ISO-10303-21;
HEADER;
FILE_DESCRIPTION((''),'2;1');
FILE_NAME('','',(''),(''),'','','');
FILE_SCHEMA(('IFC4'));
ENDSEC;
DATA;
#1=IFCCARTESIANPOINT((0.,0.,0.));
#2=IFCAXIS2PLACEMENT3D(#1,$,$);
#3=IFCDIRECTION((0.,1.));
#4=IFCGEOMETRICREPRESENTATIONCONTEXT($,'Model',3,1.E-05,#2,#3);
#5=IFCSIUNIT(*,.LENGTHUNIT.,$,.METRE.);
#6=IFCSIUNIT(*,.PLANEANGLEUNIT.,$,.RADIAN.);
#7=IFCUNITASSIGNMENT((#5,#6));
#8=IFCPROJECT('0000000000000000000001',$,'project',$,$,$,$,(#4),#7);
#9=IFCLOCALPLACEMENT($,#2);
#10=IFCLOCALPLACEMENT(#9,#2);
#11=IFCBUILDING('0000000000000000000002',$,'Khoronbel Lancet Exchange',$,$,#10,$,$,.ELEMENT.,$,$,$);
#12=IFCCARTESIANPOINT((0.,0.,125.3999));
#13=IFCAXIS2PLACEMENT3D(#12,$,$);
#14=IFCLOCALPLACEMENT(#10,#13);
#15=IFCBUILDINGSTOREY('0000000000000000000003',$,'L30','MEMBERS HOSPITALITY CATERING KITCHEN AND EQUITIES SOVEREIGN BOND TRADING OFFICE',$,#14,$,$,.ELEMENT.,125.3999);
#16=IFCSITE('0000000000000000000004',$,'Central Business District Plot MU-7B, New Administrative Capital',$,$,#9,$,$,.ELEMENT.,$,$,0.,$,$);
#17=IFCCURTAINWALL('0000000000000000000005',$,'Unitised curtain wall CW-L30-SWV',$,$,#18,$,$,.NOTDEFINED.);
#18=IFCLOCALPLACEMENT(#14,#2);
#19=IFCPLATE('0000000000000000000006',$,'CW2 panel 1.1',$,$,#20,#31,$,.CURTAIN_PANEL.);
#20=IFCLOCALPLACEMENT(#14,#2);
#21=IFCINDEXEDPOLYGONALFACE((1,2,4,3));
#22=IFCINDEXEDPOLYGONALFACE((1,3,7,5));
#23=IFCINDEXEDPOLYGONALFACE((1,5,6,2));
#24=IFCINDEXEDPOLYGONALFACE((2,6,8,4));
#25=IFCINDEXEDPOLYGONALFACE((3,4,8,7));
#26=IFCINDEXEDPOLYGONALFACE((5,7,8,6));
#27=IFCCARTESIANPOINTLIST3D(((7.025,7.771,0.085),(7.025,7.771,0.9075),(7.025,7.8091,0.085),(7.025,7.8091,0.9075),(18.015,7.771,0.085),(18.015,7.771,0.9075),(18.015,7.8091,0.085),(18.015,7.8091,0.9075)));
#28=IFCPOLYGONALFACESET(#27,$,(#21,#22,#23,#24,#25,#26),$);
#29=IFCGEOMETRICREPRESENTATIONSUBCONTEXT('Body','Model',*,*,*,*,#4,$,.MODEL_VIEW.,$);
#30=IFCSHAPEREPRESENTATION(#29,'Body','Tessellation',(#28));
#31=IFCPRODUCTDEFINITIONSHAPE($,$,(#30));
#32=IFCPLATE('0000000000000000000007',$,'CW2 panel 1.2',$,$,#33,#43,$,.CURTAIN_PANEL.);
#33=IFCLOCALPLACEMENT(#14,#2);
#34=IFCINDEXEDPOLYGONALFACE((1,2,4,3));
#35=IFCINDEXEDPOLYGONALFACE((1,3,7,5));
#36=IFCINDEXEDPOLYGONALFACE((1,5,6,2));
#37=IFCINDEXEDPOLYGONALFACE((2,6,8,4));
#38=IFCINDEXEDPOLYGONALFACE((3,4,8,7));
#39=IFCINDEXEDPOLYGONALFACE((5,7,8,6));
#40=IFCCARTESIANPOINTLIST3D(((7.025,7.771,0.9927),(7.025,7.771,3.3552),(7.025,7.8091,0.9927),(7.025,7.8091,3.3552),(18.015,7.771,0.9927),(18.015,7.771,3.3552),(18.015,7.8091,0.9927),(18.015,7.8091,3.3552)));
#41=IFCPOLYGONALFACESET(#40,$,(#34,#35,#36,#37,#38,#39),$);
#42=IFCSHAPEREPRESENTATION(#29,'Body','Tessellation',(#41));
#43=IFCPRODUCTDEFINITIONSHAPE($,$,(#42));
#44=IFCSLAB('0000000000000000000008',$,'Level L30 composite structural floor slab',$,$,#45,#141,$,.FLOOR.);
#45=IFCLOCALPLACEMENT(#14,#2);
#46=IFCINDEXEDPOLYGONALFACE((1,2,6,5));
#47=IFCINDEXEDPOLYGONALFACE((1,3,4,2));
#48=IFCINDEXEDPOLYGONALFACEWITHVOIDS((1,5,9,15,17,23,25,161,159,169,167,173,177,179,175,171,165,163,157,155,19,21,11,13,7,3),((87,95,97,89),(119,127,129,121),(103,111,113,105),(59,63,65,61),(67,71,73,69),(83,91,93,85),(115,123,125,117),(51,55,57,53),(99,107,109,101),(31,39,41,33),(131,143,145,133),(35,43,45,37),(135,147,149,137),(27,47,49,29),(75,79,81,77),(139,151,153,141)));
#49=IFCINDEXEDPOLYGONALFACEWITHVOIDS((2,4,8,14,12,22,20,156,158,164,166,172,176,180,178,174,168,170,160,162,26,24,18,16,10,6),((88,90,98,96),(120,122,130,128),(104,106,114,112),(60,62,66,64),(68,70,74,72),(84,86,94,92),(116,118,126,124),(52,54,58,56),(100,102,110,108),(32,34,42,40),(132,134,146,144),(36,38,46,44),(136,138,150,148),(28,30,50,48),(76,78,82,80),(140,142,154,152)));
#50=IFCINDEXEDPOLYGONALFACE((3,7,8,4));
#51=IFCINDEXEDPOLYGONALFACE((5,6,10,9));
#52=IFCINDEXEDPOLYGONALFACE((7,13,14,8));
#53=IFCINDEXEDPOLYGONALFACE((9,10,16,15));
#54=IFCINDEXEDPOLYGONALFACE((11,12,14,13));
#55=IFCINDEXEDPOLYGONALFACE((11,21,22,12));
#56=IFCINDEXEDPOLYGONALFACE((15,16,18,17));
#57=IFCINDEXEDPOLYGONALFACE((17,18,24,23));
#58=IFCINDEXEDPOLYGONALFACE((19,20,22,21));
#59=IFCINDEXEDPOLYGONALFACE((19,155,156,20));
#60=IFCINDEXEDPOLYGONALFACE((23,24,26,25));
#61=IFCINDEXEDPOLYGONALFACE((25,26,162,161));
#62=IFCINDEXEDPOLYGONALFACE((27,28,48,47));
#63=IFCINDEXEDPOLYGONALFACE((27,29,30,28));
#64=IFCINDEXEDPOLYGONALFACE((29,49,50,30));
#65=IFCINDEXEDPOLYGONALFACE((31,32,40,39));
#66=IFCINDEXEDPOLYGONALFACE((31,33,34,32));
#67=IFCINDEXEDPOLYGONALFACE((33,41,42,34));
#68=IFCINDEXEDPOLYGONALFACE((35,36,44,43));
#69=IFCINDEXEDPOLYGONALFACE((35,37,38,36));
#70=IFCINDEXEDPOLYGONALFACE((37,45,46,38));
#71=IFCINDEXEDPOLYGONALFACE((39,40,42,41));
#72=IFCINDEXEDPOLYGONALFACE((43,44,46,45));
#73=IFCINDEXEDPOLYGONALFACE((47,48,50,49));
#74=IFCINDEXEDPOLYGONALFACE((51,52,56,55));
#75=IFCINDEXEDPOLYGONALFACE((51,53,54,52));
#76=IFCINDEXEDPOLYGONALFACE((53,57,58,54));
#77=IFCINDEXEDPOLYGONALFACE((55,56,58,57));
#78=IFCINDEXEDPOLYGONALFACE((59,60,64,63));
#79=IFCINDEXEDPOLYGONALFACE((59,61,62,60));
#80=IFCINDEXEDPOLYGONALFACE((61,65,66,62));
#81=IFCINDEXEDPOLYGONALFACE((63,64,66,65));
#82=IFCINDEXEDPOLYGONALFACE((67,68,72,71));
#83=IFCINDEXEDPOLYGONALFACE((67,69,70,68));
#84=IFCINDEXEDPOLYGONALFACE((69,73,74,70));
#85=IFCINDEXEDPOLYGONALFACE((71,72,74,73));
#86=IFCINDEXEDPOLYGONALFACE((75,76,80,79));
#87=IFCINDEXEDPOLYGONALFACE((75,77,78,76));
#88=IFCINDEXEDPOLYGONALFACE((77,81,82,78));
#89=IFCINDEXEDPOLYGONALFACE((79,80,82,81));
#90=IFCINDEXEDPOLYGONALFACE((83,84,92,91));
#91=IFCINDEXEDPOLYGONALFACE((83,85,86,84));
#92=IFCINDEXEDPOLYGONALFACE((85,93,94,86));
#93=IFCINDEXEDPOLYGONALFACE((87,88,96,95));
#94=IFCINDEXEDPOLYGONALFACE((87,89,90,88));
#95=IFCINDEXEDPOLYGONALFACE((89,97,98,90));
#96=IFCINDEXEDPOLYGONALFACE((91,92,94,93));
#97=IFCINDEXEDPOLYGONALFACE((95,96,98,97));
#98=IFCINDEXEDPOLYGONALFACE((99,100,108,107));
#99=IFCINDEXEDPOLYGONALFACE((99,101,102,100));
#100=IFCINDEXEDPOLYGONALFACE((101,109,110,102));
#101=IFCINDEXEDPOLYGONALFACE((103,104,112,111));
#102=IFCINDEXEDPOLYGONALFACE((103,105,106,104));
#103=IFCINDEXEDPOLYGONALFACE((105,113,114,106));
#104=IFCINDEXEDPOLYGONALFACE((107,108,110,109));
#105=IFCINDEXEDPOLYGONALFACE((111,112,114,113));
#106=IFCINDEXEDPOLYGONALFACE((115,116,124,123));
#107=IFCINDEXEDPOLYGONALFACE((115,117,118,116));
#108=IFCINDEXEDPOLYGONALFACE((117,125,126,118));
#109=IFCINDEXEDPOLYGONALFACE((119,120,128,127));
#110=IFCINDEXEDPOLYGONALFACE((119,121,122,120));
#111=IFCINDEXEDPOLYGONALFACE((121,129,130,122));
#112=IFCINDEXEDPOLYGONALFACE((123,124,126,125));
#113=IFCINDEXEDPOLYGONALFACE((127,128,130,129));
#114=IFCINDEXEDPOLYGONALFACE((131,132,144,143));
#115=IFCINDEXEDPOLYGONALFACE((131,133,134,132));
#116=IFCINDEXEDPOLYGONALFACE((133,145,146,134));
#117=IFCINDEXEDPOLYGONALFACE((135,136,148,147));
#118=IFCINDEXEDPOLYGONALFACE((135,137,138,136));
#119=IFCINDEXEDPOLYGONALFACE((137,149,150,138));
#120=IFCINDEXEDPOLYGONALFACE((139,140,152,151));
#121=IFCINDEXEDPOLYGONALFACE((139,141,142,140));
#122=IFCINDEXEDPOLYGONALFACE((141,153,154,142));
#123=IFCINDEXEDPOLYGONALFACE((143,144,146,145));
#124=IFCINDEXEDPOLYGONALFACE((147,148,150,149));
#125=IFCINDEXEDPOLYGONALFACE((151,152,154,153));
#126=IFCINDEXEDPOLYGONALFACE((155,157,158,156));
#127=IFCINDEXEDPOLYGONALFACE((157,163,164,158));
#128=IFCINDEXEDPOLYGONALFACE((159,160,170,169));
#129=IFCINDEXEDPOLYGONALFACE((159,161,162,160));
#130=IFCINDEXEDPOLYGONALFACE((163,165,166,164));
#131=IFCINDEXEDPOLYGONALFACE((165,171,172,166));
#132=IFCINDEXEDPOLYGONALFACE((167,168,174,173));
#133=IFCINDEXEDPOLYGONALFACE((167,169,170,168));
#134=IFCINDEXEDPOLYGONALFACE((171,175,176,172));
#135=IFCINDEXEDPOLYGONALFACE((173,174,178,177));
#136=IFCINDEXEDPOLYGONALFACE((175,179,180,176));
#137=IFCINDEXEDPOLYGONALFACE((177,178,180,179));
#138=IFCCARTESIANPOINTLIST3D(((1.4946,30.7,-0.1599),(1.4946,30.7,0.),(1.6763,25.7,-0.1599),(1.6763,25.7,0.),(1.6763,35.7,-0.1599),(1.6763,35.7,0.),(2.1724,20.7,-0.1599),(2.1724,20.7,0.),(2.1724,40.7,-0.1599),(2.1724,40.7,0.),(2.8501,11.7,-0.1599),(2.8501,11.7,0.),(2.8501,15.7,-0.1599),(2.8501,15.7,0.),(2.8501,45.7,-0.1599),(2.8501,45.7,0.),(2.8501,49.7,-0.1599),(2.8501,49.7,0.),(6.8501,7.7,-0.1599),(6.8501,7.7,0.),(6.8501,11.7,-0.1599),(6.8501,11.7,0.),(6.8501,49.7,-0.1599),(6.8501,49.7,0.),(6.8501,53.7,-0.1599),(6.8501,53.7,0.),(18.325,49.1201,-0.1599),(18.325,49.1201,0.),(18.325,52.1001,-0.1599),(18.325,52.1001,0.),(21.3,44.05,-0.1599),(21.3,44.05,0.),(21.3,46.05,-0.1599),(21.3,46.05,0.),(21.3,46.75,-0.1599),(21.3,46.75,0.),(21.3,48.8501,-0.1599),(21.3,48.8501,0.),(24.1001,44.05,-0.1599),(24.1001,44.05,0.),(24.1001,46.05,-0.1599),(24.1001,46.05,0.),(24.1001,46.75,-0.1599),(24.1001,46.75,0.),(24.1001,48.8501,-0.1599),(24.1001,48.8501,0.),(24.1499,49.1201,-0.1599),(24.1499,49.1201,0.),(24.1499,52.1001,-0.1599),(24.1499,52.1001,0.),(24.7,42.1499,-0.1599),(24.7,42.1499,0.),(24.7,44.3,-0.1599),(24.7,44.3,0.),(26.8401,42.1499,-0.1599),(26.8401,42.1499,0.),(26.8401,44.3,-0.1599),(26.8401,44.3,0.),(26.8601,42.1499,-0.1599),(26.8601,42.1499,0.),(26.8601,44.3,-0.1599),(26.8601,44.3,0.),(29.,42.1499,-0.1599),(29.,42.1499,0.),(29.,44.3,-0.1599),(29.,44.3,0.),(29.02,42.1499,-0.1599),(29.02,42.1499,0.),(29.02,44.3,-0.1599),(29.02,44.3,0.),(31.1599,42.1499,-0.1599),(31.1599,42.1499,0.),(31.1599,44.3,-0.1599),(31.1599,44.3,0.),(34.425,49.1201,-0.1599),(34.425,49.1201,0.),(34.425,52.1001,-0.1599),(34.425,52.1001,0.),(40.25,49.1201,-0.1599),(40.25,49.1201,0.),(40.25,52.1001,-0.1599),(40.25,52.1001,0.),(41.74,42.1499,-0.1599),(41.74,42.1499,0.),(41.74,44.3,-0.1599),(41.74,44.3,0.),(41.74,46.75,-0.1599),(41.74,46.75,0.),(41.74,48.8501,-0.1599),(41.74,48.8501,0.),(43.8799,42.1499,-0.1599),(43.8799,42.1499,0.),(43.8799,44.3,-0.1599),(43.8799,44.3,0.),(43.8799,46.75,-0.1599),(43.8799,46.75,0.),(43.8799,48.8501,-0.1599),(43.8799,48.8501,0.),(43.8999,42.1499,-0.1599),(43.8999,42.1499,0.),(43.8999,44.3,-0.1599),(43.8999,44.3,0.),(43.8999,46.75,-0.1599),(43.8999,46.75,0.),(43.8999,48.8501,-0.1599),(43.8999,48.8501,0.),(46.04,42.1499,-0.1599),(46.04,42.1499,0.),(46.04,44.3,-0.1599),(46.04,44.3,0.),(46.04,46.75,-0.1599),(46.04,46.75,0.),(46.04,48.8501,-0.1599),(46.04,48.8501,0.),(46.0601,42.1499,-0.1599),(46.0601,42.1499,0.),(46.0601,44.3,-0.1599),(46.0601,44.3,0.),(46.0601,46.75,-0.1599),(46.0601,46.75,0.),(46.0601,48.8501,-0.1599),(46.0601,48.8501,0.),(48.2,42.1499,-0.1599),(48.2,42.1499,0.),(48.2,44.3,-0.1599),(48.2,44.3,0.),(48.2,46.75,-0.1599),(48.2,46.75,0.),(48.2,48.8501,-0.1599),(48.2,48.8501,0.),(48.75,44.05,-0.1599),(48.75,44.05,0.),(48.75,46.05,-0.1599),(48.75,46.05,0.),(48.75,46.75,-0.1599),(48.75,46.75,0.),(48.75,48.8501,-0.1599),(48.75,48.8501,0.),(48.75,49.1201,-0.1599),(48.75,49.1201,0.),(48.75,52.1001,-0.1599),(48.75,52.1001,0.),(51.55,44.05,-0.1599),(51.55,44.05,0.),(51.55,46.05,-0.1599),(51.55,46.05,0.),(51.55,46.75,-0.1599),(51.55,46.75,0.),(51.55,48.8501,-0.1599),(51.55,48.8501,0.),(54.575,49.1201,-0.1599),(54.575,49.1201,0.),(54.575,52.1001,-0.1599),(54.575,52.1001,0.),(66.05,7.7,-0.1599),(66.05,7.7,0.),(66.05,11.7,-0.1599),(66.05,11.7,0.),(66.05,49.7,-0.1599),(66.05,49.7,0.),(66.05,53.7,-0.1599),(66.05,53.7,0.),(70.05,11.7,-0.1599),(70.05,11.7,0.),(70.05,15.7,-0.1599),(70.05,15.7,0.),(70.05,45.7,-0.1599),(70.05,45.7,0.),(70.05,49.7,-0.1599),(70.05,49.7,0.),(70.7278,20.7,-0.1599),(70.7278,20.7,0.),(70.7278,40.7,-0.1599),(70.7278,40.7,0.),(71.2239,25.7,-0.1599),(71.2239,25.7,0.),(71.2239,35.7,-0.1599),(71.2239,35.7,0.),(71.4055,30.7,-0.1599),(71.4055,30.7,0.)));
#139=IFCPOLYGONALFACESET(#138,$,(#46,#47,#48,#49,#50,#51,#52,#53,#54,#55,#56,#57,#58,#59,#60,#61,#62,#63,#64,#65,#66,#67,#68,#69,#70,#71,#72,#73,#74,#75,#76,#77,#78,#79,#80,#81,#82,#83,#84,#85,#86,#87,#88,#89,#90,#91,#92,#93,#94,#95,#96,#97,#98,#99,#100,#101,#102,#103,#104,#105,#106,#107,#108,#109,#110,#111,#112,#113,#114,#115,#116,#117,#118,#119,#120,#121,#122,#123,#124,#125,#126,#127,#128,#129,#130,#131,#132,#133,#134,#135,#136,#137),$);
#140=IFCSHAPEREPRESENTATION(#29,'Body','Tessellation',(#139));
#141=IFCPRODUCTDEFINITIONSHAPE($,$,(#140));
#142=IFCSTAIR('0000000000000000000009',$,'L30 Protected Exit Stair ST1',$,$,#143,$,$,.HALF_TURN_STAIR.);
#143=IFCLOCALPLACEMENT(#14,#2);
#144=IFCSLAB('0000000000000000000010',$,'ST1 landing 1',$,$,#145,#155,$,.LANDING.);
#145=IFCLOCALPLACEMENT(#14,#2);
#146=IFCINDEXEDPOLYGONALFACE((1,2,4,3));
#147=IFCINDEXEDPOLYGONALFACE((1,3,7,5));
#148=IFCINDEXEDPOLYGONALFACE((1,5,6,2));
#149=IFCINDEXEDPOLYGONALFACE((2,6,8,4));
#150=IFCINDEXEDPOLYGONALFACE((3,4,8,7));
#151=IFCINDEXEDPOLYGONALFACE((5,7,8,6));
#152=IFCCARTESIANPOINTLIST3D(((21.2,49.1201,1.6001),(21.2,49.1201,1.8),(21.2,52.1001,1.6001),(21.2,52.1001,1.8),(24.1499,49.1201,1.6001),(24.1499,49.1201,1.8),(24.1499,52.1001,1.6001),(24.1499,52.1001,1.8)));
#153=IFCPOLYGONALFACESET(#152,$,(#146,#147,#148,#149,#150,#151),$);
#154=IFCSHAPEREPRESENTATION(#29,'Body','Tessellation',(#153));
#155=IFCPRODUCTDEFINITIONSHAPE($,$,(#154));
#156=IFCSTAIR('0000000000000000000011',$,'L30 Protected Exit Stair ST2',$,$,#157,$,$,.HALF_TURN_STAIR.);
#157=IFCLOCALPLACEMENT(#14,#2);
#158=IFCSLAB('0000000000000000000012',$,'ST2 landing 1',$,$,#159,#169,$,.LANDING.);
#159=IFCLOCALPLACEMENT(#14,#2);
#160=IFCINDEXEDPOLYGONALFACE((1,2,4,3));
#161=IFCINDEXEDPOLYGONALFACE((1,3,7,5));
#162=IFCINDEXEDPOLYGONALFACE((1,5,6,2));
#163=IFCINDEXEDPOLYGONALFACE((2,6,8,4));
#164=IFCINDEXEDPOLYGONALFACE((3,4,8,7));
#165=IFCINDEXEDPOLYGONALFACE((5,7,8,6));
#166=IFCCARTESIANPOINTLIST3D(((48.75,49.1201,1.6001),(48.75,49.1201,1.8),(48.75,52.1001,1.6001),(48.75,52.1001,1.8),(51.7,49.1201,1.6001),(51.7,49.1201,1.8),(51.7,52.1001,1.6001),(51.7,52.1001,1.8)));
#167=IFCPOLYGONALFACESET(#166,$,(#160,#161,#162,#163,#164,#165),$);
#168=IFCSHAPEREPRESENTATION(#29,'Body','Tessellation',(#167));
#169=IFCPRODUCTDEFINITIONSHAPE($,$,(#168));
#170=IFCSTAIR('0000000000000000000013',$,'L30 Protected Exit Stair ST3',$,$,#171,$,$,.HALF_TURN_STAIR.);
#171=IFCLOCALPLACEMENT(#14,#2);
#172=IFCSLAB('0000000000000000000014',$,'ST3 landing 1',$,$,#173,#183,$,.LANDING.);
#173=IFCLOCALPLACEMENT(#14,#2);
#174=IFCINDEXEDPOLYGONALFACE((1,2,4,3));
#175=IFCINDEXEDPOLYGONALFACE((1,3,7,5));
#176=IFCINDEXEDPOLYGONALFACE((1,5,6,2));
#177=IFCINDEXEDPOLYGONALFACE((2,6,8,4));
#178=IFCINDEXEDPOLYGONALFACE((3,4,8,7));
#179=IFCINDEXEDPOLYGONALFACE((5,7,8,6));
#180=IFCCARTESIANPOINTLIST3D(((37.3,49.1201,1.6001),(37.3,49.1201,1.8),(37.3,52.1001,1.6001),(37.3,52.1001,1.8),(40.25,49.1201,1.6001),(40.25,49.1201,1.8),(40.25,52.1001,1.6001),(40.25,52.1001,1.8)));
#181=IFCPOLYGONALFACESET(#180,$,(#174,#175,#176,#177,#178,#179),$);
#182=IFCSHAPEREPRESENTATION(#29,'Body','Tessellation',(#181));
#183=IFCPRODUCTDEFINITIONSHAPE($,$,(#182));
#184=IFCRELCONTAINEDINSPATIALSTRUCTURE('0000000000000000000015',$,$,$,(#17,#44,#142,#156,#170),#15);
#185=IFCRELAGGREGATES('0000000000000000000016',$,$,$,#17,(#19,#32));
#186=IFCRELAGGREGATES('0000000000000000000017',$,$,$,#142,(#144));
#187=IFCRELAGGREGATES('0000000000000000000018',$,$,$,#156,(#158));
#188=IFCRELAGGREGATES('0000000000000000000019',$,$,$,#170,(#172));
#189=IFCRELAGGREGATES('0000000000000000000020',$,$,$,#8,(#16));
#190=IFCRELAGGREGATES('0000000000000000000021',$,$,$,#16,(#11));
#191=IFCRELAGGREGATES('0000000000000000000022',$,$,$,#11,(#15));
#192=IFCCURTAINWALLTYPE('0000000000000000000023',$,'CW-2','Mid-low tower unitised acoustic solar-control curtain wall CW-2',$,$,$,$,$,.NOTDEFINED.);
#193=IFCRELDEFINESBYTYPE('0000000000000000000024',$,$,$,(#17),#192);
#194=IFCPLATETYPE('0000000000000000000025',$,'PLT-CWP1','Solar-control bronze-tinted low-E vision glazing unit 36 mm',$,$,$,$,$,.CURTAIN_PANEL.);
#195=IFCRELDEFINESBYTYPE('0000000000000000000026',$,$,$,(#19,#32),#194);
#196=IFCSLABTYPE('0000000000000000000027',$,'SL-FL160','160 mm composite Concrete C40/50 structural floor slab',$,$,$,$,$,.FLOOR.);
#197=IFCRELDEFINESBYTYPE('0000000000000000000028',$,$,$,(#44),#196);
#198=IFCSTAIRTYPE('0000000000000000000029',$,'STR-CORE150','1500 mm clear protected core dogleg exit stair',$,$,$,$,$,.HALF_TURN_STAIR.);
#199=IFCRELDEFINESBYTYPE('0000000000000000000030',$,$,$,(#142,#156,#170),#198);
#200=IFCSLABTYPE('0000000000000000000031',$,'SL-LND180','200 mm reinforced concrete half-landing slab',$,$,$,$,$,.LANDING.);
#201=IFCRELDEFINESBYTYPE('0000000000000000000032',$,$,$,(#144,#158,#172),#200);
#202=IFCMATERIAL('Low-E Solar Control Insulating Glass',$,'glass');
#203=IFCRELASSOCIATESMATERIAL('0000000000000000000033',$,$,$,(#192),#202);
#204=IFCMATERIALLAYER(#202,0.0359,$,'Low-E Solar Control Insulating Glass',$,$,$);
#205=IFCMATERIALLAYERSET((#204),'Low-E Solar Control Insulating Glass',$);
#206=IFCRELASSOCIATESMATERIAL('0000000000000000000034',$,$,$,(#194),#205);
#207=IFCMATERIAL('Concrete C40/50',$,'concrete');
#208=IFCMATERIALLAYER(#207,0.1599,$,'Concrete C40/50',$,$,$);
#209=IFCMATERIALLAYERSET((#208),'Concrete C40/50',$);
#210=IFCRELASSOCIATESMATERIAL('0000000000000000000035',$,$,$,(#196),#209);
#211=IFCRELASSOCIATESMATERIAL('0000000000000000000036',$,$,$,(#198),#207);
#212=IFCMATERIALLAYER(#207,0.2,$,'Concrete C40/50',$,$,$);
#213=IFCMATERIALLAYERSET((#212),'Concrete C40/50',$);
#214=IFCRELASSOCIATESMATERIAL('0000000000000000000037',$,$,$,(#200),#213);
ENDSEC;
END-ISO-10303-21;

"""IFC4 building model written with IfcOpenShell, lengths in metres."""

from ifc_helpers import new_model, si_unit, direction, frame, origin, origin_2d, place, context, subcontext, project, spatial, polyline, rectangle, outline, extrude, material, layer, layer_set, type_object, element, aggregate, save


model = new_model("IFC4")

# Units and contexts
model_context = context("Model", 3, precision=1e-05, world=origin(), true_north=direction((0.0, 1.0)))
body_context = subcontext(model_context, "Body", "Model", "MODEL_VIEW")
ifc_project = project(units=[si_unit("LENGTHUNIT", "METRE"), si_unit("PLANEANGLEUNIT", "RADIAN")], contexts=[model_context])

# Site, building, storey
site_placement = place(None, origin())
site = spatial("IfcSite", under=ifc_project, at=site_placement, Name="Central Business District Plot MU-7B, New Administrative Capital", CompositionType="ELEMENT", RefElevation=0.0)
building_placement = place(site_placement, origin())
building = spatial("IfcBuilding", under=site, at=building_placement, Name="Khoronbel Lancet Exchange", CompositionType="ELEMENT")
storey_placement = place(building_placement, frame((0.0, 0.0, 125.3999)))
storey = spatial("IfcBuildingStorey", under=building, at=storey_placement, Name="L30", Description="MEMBERS HOSPITALITY CATERING KITCHEN AND EQUITIES SOVEREIGN BOND TRADING OFFICE", CompositionType="ELEMENT", Elevation=125.3999)

# Curtain wall
ifc_material_1 = material(Name="Low-E Solar Control Insulating Glass", Category="glass")
curtain_wall_type = type_object("IfcCurtainWallType", Name="CW-2", Description="Mid-low tower unitised acoustic solar-control curtain wall CW-2", PredefinedType="NOTDEFINED", material=ifc_material_1)
curtain_wall_1_placement = place(storey_placement, origin())
curtain_wall_1 = element("IfcCurtainWall", 1, at=curtain_wall_1_placement, inside=storey, type_object=curtain_wall_type, Name="Unitised curtain wall CW-L30-SWV", PredefinedType="NOTDEFINED")

# Plates
ifc_layer_1 = layer(ifc_material_1, 0.0359, Name="Low-E Solar Control Insulating Glass")
ifc_layer_set_1 = layer_set([ifc_layer_1], Name="Low-E Solar Control Insulating Glass")
plate_type_1 = type_object("IfcPlateType", Name="PLT-CWP1", Description="Solar-control bronze-tinted low-E vision glazing unit 36 mm", PredefinedType="CURTAIN_PANEL", material=ifc_layer_set_1)
plate_1_placement = place(storey_placement, frame((12.52, 7.79, 0.085), z_axis=(0.0, 0.0, 1.0), x_axis=(1.0, 0.0, 0.0)))
plate_1 = element("IfcPlate", 2, at=plate_1_placement, type_object=plate_type_1, Name="CW2 panel 1.1", PredefinedType="CURTAIN_PANEL", context=body_context, shape_type="SweptSolid", body=[
    extrude(rectangle(XDim=10.99, YDim=0.0381, at=origin_2d()), origin(), (0.0, 0.0, 1.0), 0.8225),
])
plate_2_placement = place(storey_placement, frame((12.52, 7.79, 0.9927), z_axis=(0.0, 0.0, 1.0), x_axis=(1.0, 0.0, 0.0)))
plate_2 = element("IfcPlate", 3, at=plate_2_placement, type_object=plate_type_1, Name="CW2 panel 1.2", PredefinedType="CURTAIN_PANEL", context=body_context, shape_type="SweptSolid", body=[
    extrude(rectangle(XDim=10.99, YDim=0.0381, at=origin_2d()), origin(), (0.0, 0.0, 1.0), 2.3625),
])
aggregate(curtain_wall_1, [plate_1, plate_2])

# Slab
ifc_material_2 = material(Name="Concrete C40/50", Category="concrete")
ifc_layer_2 = layer(ifc_material_2, 0.1599, Name="Concrete C40/50")
ifc_layer_set_2 = layer_set([ifc_layer_2], Name="Concrete C40/50")
slab_type_1 = type_object("IfcSlabType", Name="SL-FL160", Description="160 mm composite Concrete C40/50 structural floor slab", PredefinedType="FLOOR", material=ifc_layer_set_2)
slab_1_placement = place(storey_placement, frame((0.0, 0.0, -0.1599)))
element("IfcSlab", 4, at=slab_1_placement, inside=storey, type_object=slab_type_1, Name="Level L30 composite structural floor slab", PredefinedType="FLOOR", context=body_context, shape_type="SweptSolid", body=[
    extrude(outline(polyline([(6.8501, 7.7), (66.05, 7.7), (66.05, 11.7), (70.05, 11.7), (70.05, 15.7), (70.7278, 20.7), (71.2239, 25.7), (71.4055, 30.7), (71.2239, 35.7), (70.7278, 40.7), (70.05, 45.7), (70.05, 49.7), (66.05, 49.7), (66.05, 53.7), (6.8501, 53.7), (6.8501, 49.7), (2.8501, 49.7), (2.8501, 45.7), (2.1724, 40.7), (1.6763, 35.7), (1.4946, 30.7), (1.6763, 25.7), (2.1724, 20.7), (2.8501, 15.7), (2.8501, 11.7), (6.8501, 11.7), (6.8501, 7.7)]), holes=[polyline([(18.325, 49.1201), (24.1499, 49.1201), (24.1499, 52.1001), (18.325, 52.1001), (18.325, 49.1201)]), polyline([(48.75, 49.1201), (54.575, 49.1201), (54.575, 52.1001), (48.75, 52.1001), (48.75, 49.1201)]), polyline([(34.425, 49.1201), (40.25, 49.1201), (40.25, 52.1001), (34.425, 52.1001), (34.425, 49.1201)]), polyline([(24.7, 42.1499), (26.8401, 42.1499), (26.8401, 44.3), (24.7, 44.3), (24.7, 42.1499)]), polyline([(26.8601, 42.1499), (29.0, 42.1499), (29.0, 44.3), (26.8601, 44.3), (26.8601, 42.1499)]), polyline([(29.02, 42.1499), (31.1599, 42.1499), (31.1599, 44.3), (29.02, 44.3), (29.02, 42.1499)]), polyline([(41.74, 46.75), (43.8799, 46.75), (43.8799, 48.8501), (41.74, 48.8501), (41.74, 46.75)]), polyline([(43.8999, 46.75), (46.04, 46.75), (46.04, 48.8501), (43.8999, 48.8501), (43.8999, 46.75)]), polyline([(46.0601, 46.75), (48.2, 46.75), (48.2, 48.8501), (46.0601, 48.8501), (46.0601, 46.75)]), polyline([(41.74, 42.1499), (43.8799, 42.1499), (43.8799, 44.3), (41.74, 44.3), (41.74, 42.1499)]), polyline([(43.8999, 42.1499), (46.04, 42.1499), (46.04, 44.3), (43.8999, 44.3), (43.8999, 42.1499)]), polyline([(46.0601, 42.1499), (48.2, 42.1499), (48.2, 44.3), (46.0601, 44.3), (46.0601, 42.1499)]), polyline([(21.3, 46.75), (24.1001, 46.75), (24.1001, 48.8501), (21.3, 48.8501), (21.3, 46.75)]), polyline([(48.75, 46.75), (51.55, 46.75), (51.55, 48.8501), (48.75, 48.8501), (48.75, 46.75)]), polyline([(21.3, 44.05), (24.1001, 44.05), (24.1001, 46.05), (21.3, 46.05), (21.3, 44.05)]), polyline([(48.75, 44.05), (51.55, 44.05), (51.55, 46.05), (48.75, 46.05), (48.75, 44.05)])]), origin(), (0.0, 0.0, 1.0), 0.1599),
])

# Stairs, slabs
stair_type = type_object("IfcStairType", Name="STR-CORE150", Description="1500 mm clear protected core dogleg exit stair", PredefinedType="HALF_TURN_STAIR", material=ifc_material_2)
stair_1_placement = place(storey_placement, origin())
stair_1 = element("IfcStair", 5, at=stair_1_placement, inside=storey, type_object=stair_type, Name="L30 Protected Exit Stair ST1", PredefinedType="HALF_TURN_STAIR")
ifc_layer_3 = layer(ifc_material_2, 0.2, Name="Concrete C40/50")
ifc_layer_set_3 = layer_set([ifc_layer_3], Name="Concrete C40/50")
slab_type_2 = type_object("IfcSlabType", Name="SL-LND180", Description="200 mm reinforced concrete half-landing slab", PredefinedType="LANDING", material=ifc_layer_set_3)
slab_2_placement = place(storey_placement, frame((0.0, 0.0, 1.6001)))
slab_2 = element("IfcSlab", 6, at=slab_2_placement, type_object=slab_type_2, Name="ST1 landing 1", PredefinedType="LANDING", context=body_context, shape_type="SweptSolid", body=[
    extrude(outline(polyline([(21.2, 49.1201), (24.1499, 49.1201), (24.1499, 52.1001), (21.2, 52.1001), (21.2, 49.1201)])), origin(), (0.0, 0.0, 1.0), 0.2),
])
aggregate(stair_1, [slab_2])
stair_2_placement = place(storey_placement, origin())
stair_2 = element("IfcStair", 7, at=stair_2_placement, inside=storey, type_object=stair_type, Name="L30 Protected Exit Stair ST2", PredefinedType="HALF_TURN_STAIR")
slab_3_placement = place(storey_placement, frame((0.0, 0.0, 1.6001)))
slab_3 = element("IfcSlab", 8, at=slab_3_placement, type_object=slab_type_2, Name="ST2 landing 1", PredefinedType="LANDING", context=body_context, shape_type="SweptSolid", body=[
    extrude(outline(polyline([(51.7, 52.1001), (48.75, 52.1001), (48.75, 49.1201), (51.7, 49.1201), (51.7, 52.1001)])), origin(), (0.0, 0.0, 1.0), 0.2),
])
aggregate(stair_2, [slab_3])
stair_3_placement = place(storey_placement, origin())
stair_3 = element("IfcStair", 9, at=stair_3_placement, inside=storey, type_object=stair_type, Name="L30 Protected Exit Stair ST3", PredefinedType="HALF_TURN_STAIR")
slab_4_placement = place(storey_placement, frame((0.0, 0.0, 1.6001)))
slab_4 = element("IfcSlab", 10, at=slab_4_placement, type_object=slab_type_2, Name="ST3 landing 1", PredefinedType="LANDING", context=body_context, shape_type="SweptSolid", body=[
    extrude(outline(polyline([(37.3, 49.1201), (40.25, 49.1201), (40.25, 52.1001), (37.3, 52.1001), (37.3, 49.1201)])), origin(), (0.0, 0.0, 1.0), 0.2),
])
aggregate(stair_3, [slab_4])

save(model, "model.ifc")
